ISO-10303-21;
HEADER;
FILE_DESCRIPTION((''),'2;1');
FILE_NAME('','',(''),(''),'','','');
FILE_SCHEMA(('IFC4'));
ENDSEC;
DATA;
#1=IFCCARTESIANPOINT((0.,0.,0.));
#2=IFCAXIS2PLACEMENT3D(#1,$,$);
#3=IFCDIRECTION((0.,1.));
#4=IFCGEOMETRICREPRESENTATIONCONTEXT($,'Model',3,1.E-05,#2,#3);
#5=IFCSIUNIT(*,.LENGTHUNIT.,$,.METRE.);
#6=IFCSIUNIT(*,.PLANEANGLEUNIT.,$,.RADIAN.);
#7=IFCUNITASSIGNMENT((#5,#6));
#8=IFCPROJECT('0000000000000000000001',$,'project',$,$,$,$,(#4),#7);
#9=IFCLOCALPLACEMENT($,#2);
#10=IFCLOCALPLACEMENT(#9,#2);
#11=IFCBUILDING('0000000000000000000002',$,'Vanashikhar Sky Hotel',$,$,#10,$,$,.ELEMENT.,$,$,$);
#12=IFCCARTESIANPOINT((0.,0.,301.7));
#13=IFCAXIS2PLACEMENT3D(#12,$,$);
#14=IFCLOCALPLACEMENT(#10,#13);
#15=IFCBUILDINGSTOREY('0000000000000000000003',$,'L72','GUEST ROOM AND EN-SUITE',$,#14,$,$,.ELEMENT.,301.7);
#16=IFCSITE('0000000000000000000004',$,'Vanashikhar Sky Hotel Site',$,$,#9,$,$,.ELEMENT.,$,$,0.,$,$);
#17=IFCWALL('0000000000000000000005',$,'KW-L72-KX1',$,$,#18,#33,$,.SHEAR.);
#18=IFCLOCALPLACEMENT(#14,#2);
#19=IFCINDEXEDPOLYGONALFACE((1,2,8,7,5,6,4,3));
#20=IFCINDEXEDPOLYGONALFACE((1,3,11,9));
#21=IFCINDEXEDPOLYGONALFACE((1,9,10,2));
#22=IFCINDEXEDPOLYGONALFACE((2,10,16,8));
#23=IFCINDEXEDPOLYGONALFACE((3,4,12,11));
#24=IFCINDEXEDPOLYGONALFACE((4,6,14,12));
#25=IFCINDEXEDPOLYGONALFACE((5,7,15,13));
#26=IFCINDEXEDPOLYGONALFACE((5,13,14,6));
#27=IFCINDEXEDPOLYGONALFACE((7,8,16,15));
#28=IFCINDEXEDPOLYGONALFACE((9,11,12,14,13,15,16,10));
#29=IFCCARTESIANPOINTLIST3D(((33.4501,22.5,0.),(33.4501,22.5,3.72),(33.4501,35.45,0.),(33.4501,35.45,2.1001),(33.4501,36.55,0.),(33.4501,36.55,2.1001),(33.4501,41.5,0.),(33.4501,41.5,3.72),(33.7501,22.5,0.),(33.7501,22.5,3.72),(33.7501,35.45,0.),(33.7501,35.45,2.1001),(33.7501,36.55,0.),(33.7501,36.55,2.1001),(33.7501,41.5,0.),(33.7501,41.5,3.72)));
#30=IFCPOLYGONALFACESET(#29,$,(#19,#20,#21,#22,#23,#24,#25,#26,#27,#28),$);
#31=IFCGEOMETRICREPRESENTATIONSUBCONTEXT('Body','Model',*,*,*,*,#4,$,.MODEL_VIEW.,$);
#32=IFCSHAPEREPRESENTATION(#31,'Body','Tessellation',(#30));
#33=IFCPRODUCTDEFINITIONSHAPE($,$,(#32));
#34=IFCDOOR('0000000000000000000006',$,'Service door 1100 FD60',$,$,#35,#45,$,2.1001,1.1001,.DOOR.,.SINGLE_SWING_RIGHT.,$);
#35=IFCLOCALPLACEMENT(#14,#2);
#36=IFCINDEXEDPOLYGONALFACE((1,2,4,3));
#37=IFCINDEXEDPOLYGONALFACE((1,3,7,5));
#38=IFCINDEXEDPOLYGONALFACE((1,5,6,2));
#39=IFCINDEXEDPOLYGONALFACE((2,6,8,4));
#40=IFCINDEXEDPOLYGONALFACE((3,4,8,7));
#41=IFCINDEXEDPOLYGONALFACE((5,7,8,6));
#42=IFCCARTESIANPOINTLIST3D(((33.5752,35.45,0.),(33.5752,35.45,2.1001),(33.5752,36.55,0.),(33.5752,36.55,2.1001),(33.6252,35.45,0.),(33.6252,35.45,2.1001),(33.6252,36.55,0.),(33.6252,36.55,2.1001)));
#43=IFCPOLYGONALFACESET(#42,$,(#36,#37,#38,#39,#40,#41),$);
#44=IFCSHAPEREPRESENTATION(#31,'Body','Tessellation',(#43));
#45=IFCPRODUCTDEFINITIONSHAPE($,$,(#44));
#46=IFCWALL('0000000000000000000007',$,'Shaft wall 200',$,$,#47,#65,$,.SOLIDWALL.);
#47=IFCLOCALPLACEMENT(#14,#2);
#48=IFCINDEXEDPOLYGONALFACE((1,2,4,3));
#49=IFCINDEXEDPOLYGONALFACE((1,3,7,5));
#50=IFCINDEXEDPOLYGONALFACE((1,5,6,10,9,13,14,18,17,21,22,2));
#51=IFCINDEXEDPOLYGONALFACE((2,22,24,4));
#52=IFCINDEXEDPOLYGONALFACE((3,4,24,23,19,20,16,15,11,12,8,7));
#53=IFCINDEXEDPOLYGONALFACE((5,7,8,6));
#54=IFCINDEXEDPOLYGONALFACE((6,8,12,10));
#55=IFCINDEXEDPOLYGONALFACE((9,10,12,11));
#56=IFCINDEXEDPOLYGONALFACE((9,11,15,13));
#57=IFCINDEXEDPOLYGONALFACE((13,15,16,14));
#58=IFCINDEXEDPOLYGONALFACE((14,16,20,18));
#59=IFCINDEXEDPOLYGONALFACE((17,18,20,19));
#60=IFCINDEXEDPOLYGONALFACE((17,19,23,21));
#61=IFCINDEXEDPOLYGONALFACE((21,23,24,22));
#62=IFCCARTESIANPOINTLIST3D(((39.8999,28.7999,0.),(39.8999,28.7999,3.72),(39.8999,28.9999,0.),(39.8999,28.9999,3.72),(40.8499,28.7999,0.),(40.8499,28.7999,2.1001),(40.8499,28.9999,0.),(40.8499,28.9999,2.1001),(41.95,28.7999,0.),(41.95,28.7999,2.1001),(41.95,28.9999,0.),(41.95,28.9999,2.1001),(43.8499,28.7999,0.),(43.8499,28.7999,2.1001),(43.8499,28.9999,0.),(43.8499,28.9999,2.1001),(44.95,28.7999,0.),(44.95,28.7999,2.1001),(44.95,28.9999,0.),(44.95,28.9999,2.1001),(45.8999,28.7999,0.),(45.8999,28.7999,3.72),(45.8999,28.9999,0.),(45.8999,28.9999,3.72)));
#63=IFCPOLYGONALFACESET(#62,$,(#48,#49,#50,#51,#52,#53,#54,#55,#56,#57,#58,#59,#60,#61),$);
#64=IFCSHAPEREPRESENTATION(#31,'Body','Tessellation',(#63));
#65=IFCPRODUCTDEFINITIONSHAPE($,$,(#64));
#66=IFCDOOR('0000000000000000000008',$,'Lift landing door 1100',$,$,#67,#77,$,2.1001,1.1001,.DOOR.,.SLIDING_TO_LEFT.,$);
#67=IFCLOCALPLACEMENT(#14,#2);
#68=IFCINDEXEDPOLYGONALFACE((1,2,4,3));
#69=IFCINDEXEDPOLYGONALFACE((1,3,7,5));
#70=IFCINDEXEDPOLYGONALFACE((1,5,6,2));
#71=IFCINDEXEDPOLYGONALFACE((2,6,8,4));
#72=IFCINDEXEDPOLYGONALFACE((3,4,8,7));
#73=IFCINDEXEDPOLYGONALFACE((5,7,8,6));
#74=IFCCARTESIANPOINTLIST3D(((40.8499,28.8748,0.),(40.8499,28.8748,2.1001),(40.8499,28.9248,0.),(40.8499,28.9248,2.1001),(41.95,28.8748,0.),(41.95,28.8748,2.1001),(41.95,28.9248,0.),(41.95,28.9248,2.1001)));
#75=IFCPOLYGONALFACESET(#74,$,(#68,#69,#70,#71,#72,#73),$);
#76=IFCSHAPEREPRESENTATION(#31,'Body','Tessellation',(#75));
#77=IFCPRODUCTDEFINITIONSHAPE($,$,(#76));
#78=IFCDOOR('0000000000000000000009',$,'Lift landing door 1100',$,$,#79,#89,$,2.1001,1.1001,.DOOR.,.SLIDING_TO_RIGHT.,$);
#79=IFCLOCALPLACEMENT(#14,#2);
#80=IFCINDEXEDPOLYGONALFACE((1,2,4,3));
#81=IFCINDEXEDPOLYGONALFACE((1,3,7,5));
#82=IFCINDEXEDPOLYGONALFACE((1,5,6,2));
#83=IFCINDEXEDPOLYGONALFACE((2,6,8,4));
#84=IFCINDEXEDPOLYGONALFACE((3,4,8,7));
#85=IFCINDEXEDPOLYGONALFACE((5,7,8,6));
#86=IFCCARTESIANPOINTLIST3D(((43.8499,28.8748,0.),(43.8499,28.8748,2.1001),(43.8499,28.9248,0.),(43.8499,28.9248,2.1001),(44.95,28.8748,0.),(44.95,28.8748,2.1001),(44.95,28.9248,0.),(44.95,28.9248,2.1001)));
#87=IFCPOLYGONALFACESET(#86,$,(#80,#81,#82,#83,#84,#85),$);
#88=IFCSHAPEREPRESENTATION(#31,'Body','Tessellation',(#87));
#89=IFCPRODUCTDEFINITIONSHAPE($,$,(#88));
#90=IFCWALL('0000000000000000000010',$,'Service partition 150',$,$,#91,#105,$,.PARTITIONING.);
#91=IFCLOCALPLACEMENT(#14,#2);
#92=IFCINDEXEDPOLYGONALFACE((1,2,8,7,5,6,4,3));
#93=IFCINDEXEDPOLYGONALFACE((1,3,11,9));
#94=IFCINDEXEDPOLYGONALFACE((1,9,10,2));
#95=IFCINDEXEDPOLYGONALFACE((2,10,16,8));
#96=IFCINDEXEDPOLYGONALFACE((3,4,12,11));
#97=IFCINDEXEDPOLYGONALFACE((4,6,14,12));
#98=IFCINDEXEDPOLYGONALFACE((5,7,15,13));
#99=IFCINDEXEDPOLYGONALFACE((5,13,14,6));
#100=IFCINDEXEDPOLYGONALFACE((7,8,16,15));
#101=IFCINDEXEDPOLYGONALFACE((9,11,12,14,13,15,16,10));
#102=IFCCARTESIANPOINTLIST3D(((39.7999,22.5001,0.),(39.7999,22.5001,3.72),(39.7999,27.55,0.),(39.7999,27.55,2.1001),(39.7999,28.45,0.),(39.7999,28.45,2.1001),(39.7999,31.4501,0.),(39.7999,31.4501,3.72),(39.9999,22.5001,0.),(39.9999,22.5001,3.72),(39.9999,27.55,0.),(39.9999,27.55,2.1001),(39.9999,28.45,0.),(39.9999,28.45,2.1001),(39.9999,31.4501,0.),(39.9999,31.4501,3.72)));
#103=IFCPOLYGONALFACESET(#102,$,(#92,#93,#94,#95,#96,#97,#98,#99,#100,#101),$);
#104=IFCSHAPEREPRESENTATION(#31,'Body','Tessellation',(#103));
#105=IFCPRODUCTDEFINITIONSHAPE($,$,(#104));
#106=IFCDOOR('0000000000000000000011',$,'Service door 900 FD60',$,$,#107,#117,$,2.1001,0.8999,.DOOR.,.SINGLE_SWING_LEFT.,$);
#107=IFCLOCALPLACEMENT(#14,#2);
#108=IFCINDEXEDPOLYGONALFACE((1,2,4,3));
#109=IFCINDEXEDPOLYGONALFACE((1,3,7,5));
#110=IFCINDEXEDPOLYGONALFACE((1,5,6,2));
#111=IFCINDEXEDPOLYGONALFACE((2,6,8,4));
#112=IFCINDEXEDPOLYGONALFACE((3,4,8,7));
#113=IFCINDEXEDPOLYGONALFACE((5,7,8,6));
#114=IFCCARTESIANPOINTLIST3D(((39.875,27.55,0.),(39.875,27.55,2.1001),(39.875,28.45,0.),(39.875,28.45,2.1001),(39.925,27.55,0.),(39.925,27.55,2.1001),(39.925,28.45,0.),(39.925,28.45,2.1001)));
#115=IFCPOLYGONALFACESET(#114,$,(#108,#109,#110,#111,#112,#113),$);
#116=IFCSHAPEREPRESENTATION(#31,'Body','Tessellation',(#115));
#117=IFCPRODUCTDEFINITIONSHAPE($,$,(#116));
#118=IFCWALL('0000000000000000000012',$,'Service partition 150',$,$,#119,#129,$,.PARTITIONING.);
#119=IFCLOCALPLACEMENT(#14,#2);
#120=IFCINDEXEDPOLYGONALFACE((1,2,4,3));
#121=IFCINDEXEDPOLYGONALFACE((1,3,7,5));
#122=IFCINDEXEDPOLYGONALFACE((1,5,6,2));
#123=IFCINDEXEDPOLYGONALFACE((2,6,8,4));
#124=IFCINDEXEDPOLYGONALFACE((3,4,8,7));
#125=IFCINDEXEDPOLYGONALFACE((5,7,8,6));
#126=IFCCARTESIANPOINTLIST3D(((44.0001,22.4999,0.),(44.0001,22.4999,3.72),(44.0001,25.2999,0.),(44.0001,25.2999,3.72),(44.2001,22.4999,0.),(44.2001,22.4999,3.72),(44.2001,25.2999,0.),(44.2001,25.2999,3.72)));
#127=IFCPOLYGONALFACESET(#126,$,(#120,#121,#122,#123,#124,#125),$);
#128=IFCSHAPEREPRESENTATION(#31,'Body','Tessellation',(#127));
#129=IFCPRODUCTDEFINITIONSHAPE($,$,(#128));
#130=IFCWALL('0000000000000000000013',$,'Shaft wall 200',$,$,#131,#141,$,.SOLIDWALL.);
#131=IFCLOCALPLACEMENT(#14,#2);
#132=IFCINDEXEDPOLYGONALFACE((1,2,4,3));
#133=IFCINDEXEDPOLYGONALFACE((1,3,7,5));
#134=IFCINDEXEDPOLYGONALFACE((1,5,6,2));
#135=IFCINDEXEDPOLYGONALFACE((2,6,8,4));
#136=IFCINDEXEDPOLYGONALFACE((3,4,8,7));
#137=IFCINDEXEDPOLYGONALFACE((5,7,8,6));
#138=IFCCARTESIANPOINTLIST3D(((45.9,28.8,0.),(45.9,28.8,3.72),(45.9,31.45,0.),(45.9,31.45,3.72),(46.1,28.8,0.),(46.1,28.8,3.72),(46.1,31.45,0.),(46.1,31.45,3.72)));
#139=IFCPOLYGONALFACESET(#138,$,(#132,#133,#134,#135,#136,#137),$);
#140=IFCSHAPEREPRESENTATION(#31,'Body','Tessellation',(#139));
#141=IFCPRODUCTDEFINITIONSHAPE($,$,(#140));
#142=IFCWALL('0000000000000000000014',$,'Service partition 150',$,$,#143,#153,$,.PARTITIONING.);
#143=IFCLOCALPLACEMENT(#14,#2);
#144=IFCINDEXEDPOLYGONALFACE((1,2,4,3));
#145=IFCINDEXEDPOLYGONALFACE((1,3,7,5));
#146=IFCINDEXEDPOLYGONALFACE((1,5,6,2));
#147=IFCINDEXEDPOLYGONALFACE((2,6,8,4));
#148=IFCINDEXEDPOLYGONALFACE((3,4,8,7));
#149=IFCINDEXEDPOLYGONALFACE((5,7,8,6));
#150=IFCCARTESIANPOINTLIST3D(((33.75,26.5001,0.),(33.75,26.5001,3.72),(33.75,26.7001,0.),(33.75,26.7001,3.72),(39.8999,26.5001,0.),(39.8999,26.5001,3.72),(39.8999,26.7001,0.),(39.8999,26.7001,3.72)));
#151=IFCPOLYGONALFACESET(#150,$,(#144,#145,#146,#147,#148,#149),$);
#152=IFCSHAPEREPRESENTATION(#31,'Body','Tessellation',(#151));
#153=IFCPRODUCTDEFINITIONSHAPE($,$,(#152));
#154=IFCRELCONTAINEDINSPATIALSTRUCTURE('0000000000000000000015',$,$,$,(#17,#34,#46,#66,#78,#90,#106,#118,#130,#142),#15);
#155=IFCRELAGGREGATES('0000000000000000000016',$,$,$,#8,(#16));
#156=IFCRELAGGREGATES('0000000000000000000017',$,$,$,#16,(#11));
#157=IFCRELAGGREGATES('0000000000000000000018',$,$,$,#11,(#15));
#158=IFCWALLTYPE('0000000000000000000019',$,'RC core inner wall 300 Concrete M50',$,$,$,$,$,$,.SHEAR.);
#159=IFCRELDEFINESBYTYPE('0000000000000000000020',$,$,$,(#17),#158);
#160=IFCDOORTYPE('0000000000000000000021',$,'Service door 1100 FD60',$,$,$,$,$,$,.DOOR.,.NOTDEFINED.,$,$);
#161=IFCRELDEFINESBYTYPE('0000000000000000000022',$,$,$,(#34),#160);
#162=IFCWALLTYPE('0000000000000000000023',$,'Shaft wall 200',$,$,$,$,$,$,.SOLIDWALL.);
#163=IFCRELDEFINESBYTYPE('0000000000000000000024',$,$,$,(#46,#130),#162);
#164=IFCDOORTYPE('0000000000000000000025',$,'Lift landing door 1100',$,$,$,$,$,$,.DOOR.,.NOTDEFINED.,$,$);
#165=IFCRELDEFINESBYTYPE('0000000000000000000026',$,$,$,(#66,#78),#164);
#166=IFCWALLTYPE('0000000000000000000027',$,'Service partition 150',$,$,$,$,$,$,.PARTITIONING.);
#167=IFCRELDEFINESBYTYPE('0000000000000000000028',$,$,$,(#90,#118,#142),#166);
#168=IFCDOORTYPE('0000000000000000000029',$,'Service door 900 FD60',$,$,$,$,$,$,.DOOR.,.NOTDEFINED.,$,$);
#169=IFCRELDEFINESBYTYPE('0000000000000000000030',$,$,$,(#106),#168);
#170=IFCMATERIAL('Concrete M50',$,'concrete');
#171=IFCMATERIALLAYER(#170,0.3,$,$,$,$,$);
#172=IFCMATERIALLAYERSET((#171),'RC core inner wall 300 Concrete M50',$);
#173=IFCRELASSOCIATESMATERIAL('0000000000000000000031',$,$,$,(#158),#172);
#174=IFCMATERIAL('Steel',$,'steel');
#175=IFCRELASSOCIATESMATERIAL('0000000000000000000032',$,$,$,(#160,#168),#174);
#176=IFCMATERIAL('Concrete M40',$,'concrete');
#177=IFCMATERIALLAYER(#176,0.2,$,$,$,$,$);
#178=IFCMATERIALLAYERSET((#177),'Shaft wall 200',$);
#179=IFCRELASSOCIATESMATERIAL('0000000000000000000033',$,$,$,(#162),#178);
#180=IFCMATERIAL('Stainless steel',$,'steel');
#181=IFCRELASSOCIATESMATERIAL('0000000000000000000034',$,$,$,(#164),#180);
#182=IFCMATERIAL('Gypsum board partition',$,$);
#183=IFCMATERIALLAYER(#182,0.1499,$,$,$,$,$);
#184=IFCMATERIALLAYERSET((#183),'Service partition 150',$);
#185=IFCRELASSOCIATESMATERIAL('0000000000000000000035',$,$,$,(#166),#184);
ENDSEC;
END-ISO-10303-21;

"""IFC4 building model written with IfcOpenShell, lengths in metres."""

from ifc_helpers import new_model, si_unit, direction, frame, frame_2d, origin, place, context, subcontext, project, spatial, rectangle, extrude, source, transform, mapped, material, layer, layer_set, type_object, element, fill, save


model = new_model("IFC4")

# Units and contexts
model_context = context("Model", 3, precision=1e-05, world=origin(), true_north=direction((0.0, 1.0)))
body_context = subcontext(model_context, "Body", "Model", "MODEL_VIEW")
ifc_project = project(units=[si_unit("LENGTHUNIT", "METRE"), si_unit("PLANEANGLEUNIT", "RADIAN")], contexts=[model_context])

# Site, building, storey
site_placement = place(None, origin())
site = spatial("IfcSite", under=ifc_project, at=site_placement, Name="Vanashikhar Sky Hotel Site", CompositionType="ELEMENT", RefElevation=0.0)
building_placement = place(site_placement, origin())
building = spatial("IfcBuilding", under=site, at=building_placement, Name="Vanashikhar Sky Hotel", CompositionType="ELEMENT")
storey_placement = place(building_placement, frame((0.0, 0.0, 301.7)))
storey = spatial("IfcBuildingStorey", under=building, at=storey_placement, Name="L72", Description="GUEST ROOM AND EN-SUITE", CompositionType="ELEMENT", Elevation=301.7)

# Wall, opening, door
ifc_material_1 = material(Name="Concrete M50", Category="concrete")
ifc_layer_1 = layer(ifc_material_1, 0.3)
ifc_layer_set_1 = layer_set([ifc_layer_1], Name="RC core inner wall 300 Concrete M50")
wall_type_1 = type_object("IfcWallType", Name="RC core inner wall 300 Concrete M50", PredefinedType="SHEAR", material=ifc_layer_set_1)
shared_shape_1 = source(origin(), body_context, "Body", "SweptSolid", [
    extrude(rectangle(XDim=19.0, YDim=0.3, at=frame_2d((9.5, 0.0))), origin(), (0.0, 0.0, 1.0), 3.72),
])
wall_1_placement = place(storey_placement, frame((33.6001, 22.5, 0.0), z_axis=(0.0, 0.0, 1.0), x_axis=(0.0, 1.0, 0.0)))
wall_1 = element("IfcWall", 1, at=wall_1_placement, inside=storey, type_object=wall_type_1, Name="KW-L72-KX1", PredefinedType="SHEAR", context=body_context, shape_type="MappedRepresentation", body=[
    mapped(shared_shape_1, transform((0.0, 0.0, 0.0), scale=1.0)),
])
shared_shape_2 = source(origin(), body_context, "Body", "SweptSolid", [
    extrude(rectangle(XDim=1.1001, YDim=2.1001, at=frame_2d((0.55, 1.05))), frame((0.0, 0.1602, 0.0), z_axis=(0.0, -1.0, 0.0), x_axis=(1.0, 0.0, 0.0)), (0.0, 0.0, 1.0), 0.3201),
])
opening_1_placement = place(wall_1_placement, frame((12.95, 0.0, 0.0)))
opening_1 = element("IfcOpeningElement", 2, at=opening_1_placement, cuts=wall_1, PredefinedType="OPENING", context=body_context, shape_type="MappedRepresentation", body=[
    mapped(shared_shape_2, transform((0.0, 0.0, 0.0), scale=1.0)),
])
ifc_material_2 = material(Name="Steel", Category="steel")
door_type_1 = type_object("IfcDoorType", Name="Service door 1100 FD60", OperationType="NOTDEFINED", PredefinedType="DOOR", material=ifc_material_2)
shared_shape_3 = source(origin(), body_context, "Body", "SweptSolid", [
    extrude(rectangle(XDim=1.1001, YDim=2.1001, at=frame_2d((0.55, 1.05))), frame((0.0, 0.0249, 0.0), z_axis=(0.0, -1.0, 0.0), x_axis=(1.0, 0.0, 0.0)), (0.0, 0.0, 1.0), 0.05),
])
door_1_placement = place(opening_1_placement, origin())
door_1 = element("IfcDoor", 3, at=door_1_placement, inside=storey, type_object=door_type_1, Name="Service door 1100 FD60", OperationType="SINGLE_SWING_RIGHT", OverallHeight=2.1001, OverallWidth=1.1001, PredefinedType="DOOR", context=body_context, shape_type="MappedRepresentation", body=[
    mapped(shared_shape_3, transform((0.0, 0.0, 0.0), scale=1.0)),
])
fill(opening_1, door_1)

# Wall, openings, doors
ifc_material_3 = material(Name="Concrete M40", Category="concrete")
ifc_layer_2 = layer(ifc_material_3, 0.2)
ifc_layer_set_2 = layer_set([ifc_layer_2], Name="Shaft wall 200")
wall_type_2 = type_object("IfcWallType", Name="Shaft wall 200", PredefinedType="SOLIDWALL", material=ifc_layer_set_2)
shared_shape_4 = source(origin(), body_context, "Body", "SweptSolid", [
    extrude(rectangle(XDim=6.0, YDim=0.2, at=frame_2d((3.0, 0.0))), origin(), (0.0, 0.0, 1.0), 3.72),
])
wall_2_placement = place(storey_placement, frame((39.8999, 28.8999, 0.0), z_axis=(0.0, 0.0, 1.0), x_axis=(1.0, 0.0, 0.0)))
wall_2 = element("IfcWall", 4, at=wall_2_placement, inside=storey, type_object=wall_type_2, Name="Shaft wall 200", PredefinedType="SOLIDWALL", context=body_context, shape_type="MappedRepresentation", body=[
    mapped(shared_shape_4, transform((0.0, 0.0, 0.0), scale=1.0)),
])
shared_shape_5 = source(origin(), body_context, "Body", "SweptSolid", [
    extrude(rectangle(XDim=1.1001, YDim=2.1001, at=frame_2d((0.55, 1.05))), frame((0.0, 0.1099, 0.0), z_axis=(0.0, -1.0, 0.0), x_axis=(1.0, 0.0, 0.0)), (0.0, 0.0, 1.0), 0.22),
])
opening_2_placement = place(wall_2_placement, frame((0.95, 0.0, 0.0)))
opening_2 = element("IfcOpeningElement", 5, at=opening_2_placement, cuts=wall_2, PredefinedType="OPENING", context=body_context, shape_type="MappedRepresentation", body=[
    mapped(shared_shape_5, transform((0.0, 0.0, 0.0), scale=1.0)),
])
opening_3_placement = place(wall_2_placement, frame((3.95, 0.0, 0.0)))
opening_3 = element("IfcOpeningElement", 6, at=opening_3_placement, cuts=wall_2, PredefinedType="OPENING", context=body_context, shape_type="MappedRepresentation", body=[
    mapped(shared_shape_5, transform((0.0, 0.0, 0.0), scale=1.0)),
])
ifc_material_4 = material(Name="Stainless steel", Category="steel")
door_type_2 = type_object("IfcDoorType", Name="Lift landing door 1100", OperationType="NOTDEFINED", PredefinedType="DOOR", material=ifc_material_4)
door_2_placement = place(opening_2_placement, origin())
door_2 = element("IfcDoor", 7, at=door_2_placement, inside=storey, type_object=door_type_2, Name="Lift landing door 1100", OperationType="SLIDING_TO_LEFT", OverallHeight=2.1001, OverallWidth=1.1001, PredefinedType="DOOR", context=body_context, shape_type="MappedRepresentation", body=[
    mapped(shared_shape_3, transform((0.0, 0.0, 0.0), scale=1.0)),
])
fill(opening_2, door_2)
door_3_placement = place(opening_3_placement, origin())
door_3 = element("IfcDoor", 8, at=door_3_placement, inside=storey, type_object=door_type_2, Name="Lift landing door 1100", OperationType="SLIDING_TO_RIGHT", OverallHeight=2.1001, OverallWidth=1.1001, PredefinedType="DOOR", context=body_context, shape_type="MappedRepresentation", body=[
    mapped(shared_shape_3, transform((0.0, 0.0, 0.0), scale=1.0)),
])
fill(opening_3, door_3)

# Wall, opening, door
ifc_material_5 = material(Name="Gypsum board partition")
ifc_layer_3 = layer(ifc_material_5, 0.1499)
ifc_layer_set_3 = layer_set([ifc_layer_3], Name="Service partition 150")
wall_type_3 = type_object("IfcWallType", Name="Service partition 150", PredefinedType="PARTITIONING", material=ifc_layer_set_3)
shared_shape_6 = source(origin(), body_context, "Body", "SweptSolid", [
    extrude(rectangle(XDim=8.95, YDim=0.2, at=frame_2d((4.4751, 0.0))), origin(), (0.0, 0.0, 1.0), 3.72),
])
wall_3_placement = place(storey_placement, frame((39.8999, 22.5, 0.0), z_axis=(0.0, 0.0, 1.0), x_axis=(0.0, 1.0, 0.0)))
wall_3 = element("IfcWall", 9, at=wall_3_placement, inside=storey, type_object=wall_type_3, Name="Service partition 150", PredefinedType="PARTITIONING", context=body_context, shape_type="MappedRepresentation", body=[
    mapped(shared_shape_6, transform((0.0, 0.0, 0.0), scale=1.0)),
])
shared_shape_7 = source(origin(), body_context, "Body", "SweptSolid", [
    extrude(rectangle(XDim=0.8999, YDim=2.1001, at=frame_2d((0.45, 1.05))), frame((0.0, 0.1099, 0.0), z_axis=(0.0, -1.0, 0.0), x_axis=(1.0, 0.0, 0.0)), (0.0, 0.0, 1.0), 0.22),
])
opening_4_placement = place(wall_3_placement, frame((5.05, 0.0, 0.0)))
opening_4 = element("IfcOpeningElement", 10, at=opening_4_placement, cuts=wall_3, PredefinedType="OPENING", context=body_context, shape_type="MappedRepresentation", body=[
    mapped(shared_shape_7, transform((0.0, 0.0, 0.0), scale=1.0)),
])
door_type_3 = type_object("IfcDoorType", Name="Service door 900 FD60", OperationType="NOTDEFINED", PredefinedType="DOOR", material=ifc_material_2)
shared_shape_8 = source(origin(), body_context, "Body", "SweptSolid", [
    extrude(rectangle(XDim=0.8999, YDim=2.1001, at=frame_2d((0.45, 1.05))), frame((0.0, 0.0249, 0.0), z_axis=(0.0, -1.0, 0.0), x_axis=(1.0, 0.0, 0.0)), (0.0, 0.0, 1.0), 0.05),
])
door_4_placement = place(opening_4_placement, origin())
door_4 = element("IfcDoor", 11, at=door_4_placement, inside=storey, type_object=door_type_3, Name="Service door 900 FD60", OperationType="SINGLE_SWING_LEFT", OverallHeight=2.1001, OverallWidth=0.8999, PredefinedType="DOOR", context=body_context, shape_type="MappedRepresentation", body=[
    mapped(shared_shape_8, transform((0.0, 0.0, 0.0), scale=1.0)),
])
fill(opening_4, door_4)

# Walls
shared_shape_9 = source(origin(), body_context, "Body", "SweptSolid", [
    extrude(rectangle(XDim=2.8, YDim=0.2, at=frame_2d((1.3999, 0.0))), origin(), (0.0, 0.0, 1.0), 3.72),
])
wall_4_placement = place(storey_placement, frame((44.1001, 22.5, 0.0), z_axis=(0.0, 0.0, 1.0), x_axis=(0.0, 1.0, 0.0)))
element("IfcWall", 12, at=wall_4_placement, inside=storey, type_object=wall_type_3, Name="Service partition 150", PredefinedType="PARTITIONING", context=body_context, shape_type="MappedRepresentation", body=[
    mapped(shared_shape_9, transform((0.0, 0.0, 0.0), scale=1.0)),
])
shared_shape_10 = source(origin(), body_context, "Body", "SweptSolid", [
    extrude(rectangle(XDim=2.6499, YDim=0.2, at=frame_2d((1.325, 0.0))), origin(), (0.0, 0.0, 1.0), 3.72),
])
wall_5_placement = place(storey_placement, frame((46.0, 28.8, 0.0), z_axis=(0.0, 0.0, 1.0), x_axis=(0.0, 1.0, 0.0)))
element("IfcWall", 13, at=wall_5_placement, inside=storey, type_object=wall_type_2, Name="Shaft wall 200", PredefinedType="SOLIDWALL", context=body_context, shape_type="MappedRepresentation", body=[
    mapped(shared_shape_10, transform((0.0, 0.0, 0.0), scale=1.0)),
])
shared_shape_11 = source(origin(), body_context, "Body", "SweptSolid", [
    extrude(rectangle(XDim=6.1499, YDim=0.2, at=frame_2d((3.075, 0.0))), origin(), (0.0, 0.0, 1.0), 3.72),
])
for number, where, z_axis, x_axis, name in (
    (14, (33.75, 26.6001, 0.0), (0.0, 0.0, 1.0), (1.0, 0.0, 0.0), "Service partition 150"),
):
    element("IfcWall", number, at=place(storey_placement, frame(where, z_axis=z_axis, x_axis=x_axis)), inside=storey, type_object=wall_type_3, Name=name, PredefinedType="PARTITIONING", context=body_context, shape_type="MappedRepresentation", body=[
        mapped(shared_shape_11, transform((0.0, 0.0, 0.0), scale=1.0)),
    ])

save(model, "model.ifc")
